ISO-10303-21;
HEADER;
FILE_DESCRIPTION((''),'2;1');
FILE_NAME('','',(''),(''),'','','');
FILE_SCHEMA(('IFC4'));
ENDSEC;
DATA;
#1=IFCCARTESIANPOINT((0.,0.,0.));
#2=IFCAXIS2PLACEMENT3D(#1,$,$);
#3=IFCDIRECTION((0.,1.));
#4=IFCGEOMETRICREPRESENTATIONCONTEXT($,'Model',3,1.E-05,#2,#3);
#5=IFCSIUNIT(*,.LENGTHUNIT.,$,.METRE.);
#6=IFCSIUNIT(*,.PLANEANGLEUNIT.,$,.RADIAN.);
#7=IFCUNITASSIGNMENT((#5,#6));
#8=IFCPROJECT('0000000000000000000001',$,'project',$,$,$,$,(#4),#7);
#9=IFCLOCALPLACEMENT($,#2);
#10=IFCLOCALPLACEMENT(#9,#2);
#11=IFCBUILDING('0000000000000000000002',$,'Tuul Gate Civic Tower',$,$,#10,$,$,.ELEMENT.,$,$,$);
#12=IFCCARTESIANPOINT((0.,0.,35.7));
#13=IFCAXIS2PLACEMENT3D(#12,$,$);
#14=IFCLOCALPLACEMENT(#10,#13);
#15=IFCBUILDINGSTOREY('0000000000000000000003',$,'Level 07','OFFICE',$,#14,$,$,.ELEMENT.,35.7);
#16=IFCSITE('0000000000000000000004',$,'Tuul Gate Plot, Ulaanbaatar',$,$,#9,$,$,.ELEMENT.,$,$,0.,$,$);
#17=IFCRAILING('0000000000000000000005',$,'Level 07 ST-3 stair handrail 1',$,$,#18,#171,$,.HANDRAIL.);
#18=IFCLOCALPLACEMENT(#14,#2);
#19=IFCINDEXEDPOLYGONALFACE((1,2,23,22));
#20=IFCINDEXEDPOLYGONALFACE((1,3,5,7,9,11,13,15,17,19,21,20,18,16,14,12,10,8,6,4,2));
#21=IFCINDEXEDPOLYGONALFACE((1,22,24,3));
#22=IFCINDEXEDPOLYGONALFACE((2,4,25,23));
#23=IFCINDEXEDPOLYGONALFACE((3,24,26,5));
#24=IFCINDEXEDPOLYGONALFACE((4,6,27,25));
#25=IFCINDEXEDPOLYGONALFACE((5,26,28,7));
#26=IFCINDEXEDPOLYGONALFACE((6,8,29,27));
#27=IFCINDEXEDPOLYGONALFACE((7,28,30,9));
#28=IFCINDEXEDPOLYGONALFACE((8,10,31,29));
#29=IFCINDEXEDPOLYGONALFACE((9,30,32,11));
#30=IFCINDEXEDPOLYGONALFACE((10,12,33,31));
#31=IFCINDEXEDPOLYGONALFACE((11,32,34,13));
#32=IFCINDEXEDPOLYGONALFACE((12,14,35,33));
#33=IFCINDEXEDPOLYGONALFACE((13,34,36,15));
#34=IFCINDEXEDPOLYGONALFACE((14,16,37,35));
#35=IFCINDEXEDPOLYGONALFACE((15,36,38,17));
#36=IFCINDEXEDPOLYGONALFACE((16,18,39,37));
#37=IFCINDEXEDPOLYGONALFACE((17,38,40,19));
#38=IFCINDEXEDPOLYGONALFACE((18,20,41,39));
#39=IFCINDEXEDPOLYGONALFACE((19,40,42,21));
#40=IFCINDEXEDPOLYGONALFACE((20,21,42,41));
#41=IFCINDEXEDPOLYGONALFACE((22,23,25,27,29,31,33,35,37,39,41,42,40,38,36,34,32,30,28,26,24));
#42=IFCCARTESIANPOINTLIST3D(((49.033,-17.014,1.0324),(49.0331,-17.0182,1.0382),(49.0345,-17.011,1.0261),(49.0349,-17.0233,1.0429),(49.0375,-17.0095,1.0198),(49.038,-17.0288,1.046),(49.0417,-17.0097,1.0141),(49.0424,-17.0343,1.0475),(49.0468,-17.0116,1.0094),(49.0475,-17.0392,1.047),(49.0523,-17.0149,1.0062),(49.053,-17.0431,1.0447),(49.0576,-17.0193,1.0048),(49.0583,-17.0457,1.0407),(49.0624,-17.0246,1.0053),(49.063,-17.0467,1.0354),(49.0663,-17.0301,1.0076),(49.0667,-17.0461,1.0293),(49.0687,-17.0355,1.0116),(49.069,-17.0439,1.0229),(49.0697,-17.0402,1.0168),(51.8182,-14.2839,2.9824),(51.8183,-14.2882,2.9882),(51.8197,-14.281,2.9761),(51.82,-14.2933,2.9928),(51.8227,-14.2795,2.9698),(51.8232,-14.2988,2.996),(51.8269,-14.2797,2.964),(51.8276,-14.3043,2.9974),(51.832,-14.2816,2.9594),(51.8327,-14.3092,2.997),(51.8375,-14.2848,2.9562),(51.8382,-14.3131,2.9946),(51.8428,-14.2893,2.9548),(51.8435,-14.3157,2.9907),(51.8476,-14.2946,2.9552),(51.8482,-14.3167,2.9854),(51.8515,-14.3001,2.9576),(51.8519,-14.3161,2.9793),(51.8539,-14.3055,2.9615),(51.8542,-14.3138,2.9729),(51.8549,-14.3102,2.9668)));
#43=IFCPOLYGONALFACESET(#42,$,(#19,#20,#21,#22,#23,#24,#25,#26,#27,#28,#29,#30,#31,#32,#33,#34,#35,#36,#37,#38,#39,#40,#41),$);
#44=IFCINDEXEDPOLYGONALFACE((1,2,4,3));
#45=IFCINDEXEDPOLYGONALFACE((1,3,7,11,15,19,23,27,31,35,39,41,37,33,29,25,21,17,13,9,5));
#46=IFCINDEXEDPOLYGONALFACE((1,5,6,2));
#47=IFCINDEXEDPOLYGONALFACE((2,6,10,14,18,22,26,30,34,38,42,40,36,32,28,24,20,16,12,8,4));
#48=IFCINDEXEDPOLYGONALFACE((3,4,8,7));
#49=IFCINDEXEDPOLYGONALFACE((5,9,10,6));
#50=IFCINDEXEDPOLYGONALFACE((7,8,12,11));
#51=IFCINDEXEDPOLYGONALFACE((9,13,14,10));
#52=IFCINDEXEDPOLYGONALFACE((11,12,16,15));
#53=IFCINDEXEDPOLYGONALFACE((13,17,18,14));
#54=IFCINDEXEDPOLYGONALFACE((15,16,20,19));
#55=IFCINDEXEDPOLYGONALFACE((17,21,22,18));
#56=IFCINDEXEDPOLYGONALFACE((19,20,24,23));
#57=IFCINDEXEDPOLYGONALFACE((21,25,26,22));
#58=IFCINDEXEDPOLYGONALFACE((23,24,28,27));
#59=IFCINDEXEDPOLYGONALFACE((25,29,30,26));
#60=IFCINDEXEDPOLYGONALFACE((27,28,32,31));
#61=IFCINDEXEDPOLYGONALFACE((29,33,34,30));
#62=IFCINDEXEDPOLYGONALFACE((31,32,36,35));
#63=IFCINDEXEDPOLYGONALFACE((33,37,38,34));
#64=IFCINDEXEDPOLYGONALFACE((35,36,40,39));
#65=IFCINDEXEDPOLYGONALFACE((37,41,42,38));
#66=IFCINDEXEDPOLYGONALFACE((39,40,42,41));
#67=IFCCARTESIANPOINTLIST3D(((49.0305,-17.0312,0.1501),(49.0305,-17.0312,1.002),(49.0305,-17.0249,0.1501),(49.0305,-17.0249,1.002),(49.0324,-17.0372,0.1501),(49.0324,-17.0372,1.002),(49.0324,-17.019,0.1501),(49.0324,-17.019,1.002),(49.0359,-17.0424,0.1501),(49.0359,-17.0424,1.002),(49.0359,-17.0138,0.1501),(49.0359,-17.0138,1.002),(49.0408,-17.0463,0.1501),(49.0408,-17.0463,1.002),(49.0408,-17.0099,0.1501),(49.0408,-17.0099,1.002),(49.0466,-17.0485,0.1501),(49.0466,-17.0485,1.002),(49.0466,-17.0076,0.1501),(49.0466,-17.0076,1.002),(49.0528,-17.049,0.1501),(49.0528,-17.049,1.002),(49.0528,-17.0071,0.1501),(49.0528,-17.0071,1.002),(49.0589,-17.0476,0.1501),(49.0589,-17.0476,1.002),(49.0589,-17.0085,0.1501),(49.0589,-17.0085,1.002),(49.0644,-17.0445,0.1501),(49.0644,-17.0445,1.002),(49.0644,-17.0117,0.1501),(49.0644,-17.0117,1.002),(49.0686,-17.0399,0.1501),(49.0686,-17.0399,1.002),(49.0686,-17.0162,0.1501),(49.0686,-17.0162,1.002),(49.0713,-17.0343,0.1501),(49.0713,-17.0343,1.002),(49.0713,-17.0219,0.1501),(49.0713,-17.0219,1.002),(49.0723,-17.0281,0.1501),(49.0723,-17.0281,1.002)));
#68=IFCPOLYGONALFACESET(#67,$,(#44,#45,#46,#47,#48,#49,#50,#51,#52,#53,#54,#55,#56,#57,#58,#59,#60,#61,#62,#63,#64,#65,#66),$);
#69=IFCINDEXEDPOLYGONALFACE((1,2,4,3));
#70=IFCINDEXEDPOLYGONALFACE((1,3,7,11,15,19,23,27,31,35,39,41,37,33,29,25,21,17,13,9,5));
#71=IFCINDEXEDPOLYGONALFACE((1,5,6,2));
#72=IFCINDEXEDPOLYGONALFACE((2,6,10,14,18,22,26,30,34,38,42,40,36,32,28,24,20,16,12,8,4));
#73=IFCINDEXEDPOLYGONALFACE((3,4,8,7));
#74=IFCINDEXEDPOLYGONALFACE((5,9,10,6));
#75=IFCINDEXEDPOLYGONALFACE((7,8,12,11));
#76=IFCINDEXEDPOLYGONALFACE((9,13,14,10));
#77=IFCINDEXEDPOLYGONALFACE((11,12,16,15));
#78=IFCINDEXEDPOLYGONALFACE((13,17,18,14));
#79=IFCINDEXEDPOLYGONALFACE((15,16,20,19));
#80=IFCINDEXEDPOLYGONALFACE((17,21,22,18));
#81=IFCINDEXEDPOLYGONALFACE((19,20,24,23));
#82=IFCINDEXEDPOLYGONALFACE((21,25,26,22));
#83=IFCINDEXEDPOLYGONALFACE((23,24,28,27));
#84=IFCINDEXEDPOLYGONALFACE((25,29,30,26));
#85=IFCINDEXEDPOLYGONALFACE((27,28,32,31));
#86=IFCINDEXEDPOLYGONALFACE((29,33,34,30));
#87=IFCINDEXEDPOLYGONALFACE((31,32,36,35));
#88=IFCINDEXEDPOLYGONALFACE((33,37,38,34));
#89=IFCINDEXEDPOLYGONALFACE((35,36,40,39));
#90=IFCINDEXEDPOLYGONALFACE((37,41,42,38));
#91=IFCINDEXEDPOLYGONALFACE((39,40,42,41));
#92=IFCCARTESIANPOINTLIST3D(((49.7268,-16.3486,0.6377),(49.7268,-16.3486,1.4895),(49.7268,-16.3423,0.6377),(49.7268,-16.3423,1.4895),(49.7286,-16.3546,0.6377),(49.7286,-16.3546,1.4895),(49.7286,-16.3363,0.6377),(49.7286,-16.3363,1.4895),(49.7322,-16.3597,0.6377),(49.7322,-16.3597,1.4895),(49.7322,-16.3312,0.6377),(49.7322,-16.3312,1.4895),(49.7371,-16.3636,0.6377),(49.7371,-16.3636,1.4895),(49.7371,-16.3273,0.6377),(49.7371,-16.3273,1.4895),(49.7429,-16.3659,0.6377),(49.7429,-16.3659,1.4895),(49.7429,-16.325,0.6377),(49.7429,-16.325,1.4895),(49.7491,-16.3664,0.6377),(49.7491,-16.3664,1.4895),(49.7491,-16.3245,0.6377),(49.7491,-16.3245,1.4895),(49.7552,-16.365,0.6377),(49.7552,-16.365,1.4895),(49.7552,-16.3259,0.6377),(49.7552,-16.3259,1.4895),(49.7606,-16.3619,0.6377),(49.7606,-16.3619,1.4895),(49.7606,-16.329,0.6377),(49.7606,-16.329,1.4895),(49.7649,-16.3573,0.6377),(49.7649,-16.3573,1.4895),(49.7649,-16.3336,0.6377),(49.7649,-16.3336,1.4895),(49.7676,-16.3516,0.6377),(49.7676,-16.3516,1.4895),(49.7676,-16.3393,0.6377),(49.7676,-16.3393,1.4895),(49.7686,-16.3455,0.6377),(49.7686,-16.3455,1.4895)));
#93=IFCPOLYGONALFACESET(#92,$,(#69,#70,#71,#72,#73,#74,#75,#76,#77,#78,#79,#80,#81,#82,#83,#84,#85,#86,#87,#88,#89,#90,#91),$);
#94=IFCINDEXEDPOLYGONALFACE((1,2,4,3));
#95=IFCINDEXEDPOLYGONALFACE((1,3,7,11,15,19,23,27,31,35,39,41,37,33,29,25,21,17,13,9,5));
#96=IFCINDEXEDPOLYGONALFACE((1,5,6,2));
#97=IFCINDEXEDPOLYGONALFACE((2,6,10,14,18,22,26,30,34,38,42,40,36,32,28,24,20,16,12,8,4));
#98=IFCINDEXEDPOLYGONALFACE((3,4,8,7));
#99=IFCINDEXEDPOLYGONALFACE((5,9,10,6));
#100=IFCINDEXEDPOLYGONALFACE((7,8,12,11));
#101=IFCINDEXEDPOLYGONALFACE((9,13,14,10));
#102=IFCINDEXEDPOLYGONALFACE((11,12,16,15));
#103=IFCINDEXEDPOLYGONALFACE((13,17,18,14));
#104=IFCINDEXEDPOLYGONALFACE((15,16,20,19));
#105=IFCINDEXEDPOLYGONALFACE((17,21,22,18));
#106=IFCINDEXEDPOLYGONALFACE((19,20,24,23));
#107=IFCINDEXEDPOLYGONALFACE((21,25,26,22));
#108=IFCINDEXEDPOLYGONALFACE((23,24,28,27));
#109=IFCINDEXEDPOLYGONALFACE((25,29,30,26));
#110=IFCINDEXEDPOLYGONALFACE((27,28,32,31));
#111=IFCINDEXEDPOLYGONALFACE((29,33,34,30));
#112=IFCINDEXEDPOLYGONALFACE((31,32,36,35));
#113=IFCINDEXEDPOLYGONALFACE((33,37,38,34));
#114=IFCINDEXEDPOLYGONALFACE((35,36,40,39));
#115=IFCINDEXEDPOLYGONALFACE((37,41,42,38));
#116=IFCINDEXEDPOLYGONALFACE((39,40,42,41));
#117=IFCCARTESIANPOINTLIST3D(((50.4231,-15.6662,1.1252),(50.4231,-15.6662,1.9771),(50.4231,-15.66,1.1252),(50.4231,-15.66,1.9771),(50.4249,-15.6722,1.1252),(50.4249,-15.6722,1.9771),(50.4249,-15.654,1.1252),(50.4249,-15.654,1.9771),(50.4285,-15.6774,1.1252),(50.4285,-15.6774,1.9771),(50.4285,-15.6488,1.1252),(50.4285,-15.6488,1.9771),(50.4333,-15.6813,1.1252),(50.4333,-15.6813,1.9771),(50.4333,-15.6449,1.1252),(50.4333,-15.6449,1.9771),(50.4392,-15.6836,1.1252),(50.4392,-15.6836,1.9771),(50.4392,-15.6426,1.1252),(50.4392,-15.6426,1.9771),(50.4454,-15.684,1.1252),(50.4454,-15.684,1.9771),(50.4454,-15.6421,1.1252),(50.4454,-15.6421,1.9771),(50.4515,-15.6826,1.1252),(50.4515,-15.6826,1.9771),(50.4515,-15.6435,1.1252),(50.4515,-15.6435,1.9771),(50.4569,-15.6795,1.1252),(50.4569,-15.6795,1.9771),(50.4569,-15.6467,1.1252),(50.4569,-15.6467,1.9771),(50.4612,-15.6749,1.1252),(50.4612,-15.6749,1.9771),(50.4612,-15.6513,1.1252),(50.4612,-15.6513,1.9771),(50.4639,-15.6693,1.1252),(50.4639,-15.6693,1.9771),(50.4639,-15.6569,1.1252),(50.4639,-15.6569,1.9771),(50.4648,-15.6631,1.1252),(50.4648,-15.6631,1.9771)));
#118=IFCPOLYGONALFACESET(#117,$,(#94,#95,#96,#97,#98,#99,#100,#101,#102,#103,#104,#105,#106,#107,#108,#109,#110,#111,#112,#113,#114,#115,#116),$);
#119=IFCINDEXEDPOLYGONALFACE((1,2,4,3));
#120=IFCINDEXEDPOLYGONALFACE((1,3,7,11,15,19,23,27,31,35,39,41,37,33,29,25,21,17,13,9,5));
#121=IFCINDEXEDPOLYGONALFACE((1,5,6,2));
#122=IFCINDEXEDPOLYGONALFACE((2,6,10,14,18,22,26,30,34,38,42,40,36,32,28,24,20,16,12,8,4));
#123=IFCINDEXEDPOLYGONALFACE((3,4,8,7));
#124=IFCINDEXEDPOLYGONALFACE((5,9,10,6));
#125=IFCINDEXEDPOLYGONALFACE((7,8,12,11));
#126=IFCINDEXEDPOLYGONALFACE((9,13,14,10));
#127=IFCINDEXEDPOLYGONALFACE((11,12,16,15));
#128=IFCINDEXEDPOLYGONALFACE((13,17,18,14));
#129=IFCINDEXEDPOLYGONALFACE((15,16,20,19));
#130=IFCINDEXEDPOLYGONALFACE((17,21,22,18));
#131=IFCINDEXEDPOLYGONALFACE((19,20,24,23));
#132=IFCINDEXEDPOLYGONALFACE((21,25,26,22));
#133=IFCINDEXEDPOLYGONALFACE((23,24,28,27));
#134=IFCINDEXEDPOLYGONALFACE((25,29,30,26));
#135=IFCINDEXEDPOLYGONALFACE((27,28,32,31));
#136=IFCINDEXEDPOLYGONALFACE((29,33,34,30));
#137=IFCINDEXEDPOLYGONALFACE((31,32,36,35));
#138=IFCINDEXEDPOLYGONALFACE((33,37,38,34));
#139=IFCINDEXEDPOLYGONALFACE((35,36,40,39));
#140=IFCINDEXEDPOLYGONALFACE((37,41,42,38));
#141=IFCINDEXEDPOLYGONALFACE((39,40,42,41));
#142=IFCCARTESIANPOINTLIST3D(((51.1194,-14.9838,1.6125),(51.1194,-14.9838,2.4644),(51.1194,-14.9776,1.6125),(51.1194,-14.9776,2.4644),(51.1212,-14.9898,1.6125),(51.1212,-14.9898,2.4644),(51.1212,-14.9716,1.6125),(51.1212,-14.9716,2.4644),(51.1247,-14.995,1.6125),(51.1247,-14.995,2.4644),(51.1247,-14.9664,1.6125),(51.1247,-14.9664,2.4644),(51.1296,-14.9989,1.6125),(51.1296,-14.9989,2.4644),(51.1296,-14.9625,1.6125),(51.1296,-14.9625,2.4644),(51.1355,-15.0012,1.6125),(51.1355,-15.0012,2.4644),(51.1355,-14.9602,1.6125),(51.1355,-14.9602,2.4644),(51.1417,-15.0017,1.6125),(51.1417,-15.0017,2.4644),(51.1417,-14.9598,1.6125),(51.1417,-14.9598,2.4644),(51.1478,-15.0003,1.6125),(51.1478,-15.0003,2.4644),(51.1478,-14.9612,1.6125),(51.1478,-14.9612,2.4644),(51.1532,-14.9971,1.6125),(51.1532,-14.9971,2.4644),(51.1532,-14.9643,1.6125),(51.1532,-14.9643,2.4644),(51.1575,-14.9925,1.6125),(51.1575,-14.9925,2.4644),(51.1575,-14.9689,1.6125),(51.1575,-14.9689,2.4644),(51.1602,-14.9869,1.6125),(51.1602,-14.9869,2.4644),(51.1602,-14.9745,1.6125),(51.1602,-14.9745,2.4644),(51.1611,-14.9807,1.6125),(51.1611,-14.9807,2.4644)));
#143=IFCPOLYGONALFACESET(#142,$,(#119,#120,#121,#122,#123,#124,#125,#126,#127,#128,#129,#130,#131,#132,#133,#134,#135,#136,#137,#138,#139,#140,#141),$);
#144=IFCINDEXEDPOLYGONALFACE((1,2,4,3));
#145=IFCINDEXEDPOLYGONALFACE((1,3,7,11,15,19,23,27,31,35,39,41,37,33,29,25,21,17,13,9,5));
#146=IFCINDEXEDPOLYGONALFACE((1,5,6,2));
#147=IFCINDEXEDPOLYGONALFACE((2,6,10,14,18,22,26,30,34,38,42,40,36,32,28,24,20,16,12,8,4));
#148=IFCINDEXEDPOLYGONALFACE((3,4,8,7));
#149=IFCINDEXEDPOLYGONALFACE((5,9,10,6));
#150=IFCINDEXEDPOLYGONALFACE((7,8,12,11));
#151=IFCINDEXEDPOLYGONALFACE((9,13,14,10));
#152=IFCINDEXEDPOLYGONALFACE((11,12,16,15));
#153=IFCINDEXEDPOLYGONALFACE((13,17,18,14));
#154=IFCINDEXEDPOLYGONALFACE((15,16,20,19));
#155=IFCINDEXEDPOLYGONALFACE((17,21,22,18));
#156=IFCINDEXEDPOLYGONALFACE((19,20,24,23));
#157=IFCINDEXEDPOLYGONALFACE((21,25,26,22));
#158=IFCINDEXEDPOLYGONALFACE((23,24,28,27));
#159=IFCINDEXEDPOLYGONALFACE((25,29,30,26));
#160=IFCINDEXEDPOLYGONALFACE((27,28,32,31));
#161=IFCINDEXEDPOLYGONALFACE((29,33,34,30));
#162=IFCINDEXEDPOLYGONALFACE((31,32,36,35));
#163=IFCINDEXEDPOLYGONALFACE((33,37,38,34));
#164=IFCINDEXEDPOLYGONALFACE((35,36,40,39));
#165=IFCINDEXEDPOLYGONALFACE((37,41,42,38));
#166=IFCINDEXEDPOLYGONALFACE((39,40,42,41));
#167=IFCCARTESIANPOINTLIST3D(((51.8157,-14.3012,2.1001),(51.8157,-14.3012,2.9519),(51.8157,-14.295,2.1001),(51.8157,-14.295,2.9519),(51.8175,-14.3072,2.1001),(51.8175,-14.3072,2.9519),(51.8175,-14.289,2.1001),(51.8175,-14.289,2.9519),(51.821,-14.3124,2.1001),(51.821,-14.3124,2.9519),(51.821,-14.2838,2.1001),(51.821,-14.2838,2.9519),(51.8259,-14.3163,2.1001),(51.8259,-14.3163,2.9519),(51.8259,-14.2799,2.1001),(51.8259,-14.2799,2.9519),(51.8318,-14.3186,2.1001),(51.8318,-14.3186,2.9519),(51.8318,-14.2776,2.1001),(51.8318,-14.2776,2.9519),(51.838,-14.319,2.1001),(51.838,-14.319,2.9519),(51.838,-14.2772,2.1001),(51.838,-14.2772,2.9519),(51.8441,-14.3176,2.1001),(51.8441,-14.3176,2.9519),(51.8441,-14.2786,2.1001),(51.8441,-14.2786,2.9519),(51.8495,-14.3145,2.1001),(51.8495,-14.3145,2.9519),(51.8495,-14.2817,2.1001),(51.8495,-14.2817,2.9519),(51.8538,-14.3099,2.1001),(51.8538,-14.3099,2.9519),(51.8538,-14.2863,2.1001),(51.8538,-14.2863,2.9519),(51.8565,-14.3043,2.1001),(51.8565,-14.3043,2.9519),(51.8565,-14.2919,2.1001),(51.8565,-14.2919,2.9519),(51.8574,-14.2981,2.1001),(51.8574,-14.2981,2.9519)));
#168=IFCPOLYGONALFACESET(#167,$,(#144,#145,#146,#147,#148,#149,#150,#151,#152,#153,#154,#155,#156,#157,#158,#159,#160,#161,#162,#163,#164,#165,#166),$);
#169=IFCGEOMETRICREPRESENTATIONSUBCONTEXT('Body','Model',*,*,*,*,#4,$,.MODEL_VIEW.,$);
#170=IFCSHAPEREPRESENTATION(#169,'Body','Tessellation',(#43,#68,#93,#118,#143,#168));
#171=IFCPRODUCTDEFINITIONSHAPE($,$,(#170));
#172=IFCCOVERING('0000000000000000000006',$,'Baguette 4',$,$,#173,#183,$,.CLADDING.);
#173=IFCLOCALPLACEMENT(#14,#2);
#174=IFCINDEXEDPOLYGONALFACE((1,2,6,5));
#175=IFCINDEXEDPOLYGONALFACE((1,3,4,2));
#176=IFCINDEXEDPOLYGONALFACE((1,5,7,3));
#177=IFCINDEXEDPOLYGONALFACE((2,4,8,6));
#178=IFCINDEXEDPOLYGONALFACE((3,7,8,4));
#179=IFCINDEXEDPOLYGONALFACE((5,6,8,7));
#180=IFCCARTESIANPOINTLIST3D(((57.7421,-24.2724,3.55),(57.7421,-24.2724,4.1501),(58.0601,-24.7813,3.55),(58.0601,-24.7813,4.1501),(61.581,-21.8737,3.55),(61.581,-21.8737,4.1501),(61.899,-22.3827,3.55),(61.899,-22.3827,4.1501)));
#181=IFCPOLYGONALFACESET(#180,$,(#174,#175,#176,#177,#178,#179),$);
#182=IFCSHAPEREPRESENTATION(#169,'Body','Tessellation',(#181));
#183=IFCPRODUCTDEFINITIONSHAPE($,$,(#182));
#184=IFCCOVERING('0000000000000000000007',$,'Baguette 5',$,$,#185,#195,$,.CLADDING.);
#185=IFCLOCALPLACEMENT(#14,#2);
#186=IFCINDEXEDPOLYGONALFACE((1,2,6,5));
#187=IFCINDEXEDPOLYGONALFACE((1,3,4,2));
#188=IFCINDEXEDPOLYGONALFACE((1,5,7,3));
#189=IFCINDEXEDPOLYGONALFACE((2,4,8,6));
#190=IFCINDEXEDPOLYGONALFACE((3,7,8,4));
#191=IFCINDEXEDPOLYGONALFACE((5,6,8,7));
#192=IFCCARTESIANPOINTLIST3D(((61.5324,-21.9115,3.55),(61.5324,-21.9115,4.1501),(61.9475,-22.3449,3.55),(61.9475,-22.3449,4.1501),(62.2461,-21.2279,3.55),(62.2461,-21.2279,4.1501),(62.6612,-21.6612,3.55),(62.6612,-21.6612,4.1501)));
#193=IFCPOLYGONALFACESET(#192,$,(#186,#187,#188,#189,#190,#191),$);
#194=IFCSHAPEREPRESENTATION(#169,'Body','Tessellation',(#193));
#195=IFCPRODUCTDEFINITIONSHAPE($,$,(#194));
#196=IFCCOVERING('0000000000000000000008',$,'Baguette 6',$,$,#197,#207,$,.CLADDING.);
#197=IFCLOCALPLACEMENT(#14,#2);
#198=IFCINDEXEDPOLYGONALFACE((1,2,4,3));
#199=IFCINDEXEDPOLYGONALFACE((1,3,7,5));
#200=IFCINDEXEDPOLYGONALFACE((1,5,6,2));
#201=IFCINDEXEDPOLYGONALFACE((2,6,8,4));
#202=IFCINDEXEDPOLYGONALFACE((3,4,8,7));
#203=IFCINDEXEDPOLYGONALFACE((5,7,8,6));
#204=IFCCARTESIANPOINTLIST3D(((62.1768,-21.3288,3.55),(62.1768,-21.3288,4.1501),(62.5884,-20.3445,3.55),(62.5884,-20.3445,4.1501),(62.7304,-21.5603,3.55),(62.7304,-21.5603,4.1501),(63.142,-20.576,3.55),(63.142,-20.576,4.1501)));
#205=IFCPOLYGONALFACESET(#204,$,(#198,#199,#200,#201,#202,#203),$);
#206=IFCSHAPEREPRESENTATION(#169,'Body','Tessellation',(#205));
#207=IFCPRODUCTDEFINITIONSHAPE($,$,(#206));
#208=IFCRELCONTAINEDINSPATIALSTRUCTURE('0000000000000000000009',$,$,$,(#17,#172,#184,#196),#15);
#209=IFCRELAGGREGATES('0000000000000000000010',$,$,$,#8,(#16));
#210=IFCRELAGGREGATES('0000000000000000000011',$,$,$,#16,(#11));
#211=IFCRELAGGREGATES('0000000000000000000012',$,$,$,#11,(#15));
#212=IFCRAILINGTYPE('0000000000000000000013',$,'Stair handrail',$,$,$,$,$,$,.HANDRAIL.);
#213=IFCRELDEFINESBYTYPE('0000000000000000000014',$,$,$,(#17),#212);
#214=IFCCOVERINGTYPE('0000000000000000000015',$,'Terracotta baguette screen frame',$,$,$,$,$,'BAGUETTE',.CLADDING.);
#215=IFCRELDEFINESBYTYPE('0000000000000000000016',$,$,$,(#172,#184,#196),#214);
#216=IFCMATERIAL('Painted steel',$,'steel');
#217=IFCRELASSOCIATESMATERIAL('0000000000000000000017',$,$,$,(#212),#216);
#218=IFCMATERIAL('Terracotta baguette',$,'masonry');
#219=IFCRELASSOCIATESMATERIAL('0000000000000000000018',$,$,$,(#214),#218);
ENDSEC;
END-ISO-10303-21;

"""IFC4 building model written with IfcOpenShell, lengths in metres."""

from ifc_helpers import new_model, si_unit, direction, frame, origin, origin_2d, place, context, subcontext, project, spatial, rectangle, circle, extrude, material, material_profile, profile_set, type_object, element, save


model = new_model("IFC4")

# Units and contexts
model_context = context("Model", 3, precision=1e-05, world=origin(), true_north=direction((0.0, 1.0)))
body_context = subcontext(model_context, "Body", "Model", "MODEL_VIEW")
ifc_project = project(units=[si_unit("LENGTHUNIT", "METRE"), si_unit("PLANEANGLEUNIT", "RADIAN")], contexts=[model_context])

# Site, building, storey
site_placement = place(None, origin())
site = spatial("IfcSite", under=ifc_project, at=site_placement, Name="Tuul Gate Plot, Ulaanbaatar", CompositionType="ELEMENT", RefElevation=0.0)
building_placement = place(site_placement, origin())
building = spatial("IfcBuilding", under=site, at=building_placement, Name="Tuul Gate Civic Tower", CompositionType="ELEMENT")
storey_placement = place(building_placement, frame((0.0, 0.0, 35.7)))
storey = spatial("IfcBuildingStorey", under=building, at=storey_placement, Name="Level 07", Description="OFFICE", CompositionType="ELEMENT", Elevation=35.7)

# Railing
ifc_material_1 = material(Name="Painted steel", Category="steel")
railing_type = type_object("IfcRailingType", Name="Stair handrail", PredefinedType="HANDRAIL", material=ifc_material_1)
railing_placement = place(storey_placement, frame((49.0513, -17.0281, 0.1501)))
element("IfcRailing", 1, at=railing_placement, inside=storey, type_object=railing_type, Name="Level 07 ST-3 stair handrail 1", PredefinedType="HANDRAIL", context=body_context, shape_type="SweptSolid", body=[
    extrude(circle(Radius=0.0239, at=origin_2d()), frame((0.0, 0.0, 0.876), z_axis=(0.638754, 0.6261, 0.447206), x_axis=(-0.699998, 0.714145, 0.0)), (0.0, 0.0, 1.0), 4.3604),
    extrude(circle(Radius=0.021, at=origin_2d()), origin(), (0.0, 0.0, 1.0), 0.8518),
    extrude(circle(Radius=0.021, at=origin_2d()), frame((0.6963, 0.6826, 0.4875)), (0.0, 0.0, 1.0), 0.8518),
    extrude(circle(Radius=0.021, at=origin_2d()), frame((1.3926, 1.365, 0.9751)), (0.0, 0.0, 1.0), 0.8518),
    extrude(circle(Radius=0.021, at=origin_2d()), frame((2.0889, 2.0474, 1.4624)), (0.0, 0.0, 1.0), 0.8518),
    extrude(circle(Radius=0.021, at=origin_2d()), frame((2.7852, 2.73, 1.95)), (0.0, 0.0, 1.0), 0.8518),
])

# Coverings
ifc_material_2 = material(Name="Terracotta baguette", Category="masonry")
ifc_material_profile_1 = material_profile(ifc_material_2, rectangle(XDim=0.6001, YDim=0.6001, at=origin_2d()), Name="Terracotta baguette screen frame")
ifc_profile_set_1 = profile_set([ifc_material_profile_1], Name="Terracotta baguette")
covering_type = type_object("IfcCoveringType", Name="Terracotta baguette screen frame", ElementType="BAGUETTE", PredefinedType="CLADDING", material=ifc_profile_set_1)
covering_1_placement = place(storey_placement, frame((57.9011, -24.5269, 3.8501), z_axis=(0.848059, 0.529902, 0.0), x_axis=(-0.529902, 0.848059, 0.0)))
element("IfcCovering", 2, at=covering_1_placement, inside=storey, type_object=covering_type, Name="Baguette 4", PredefinedType="CLADDING", context=body_context, shape_type="SweptSolid", body=[
    extrude(rectangle(XDim=0.6001, YDim=0.6001, at=origin_2d()), origin(), (0.0, 0.0, 1.0), 4.5266),
])
covering_2_placement = place(storey_placement, frame((61.74, -22.1282, 3.8501), z_axis=(0.722137, 0.69175, 0.0), x_axis=(-0.69175, 0.722137, 0.0)))
element("IfcCovering", 3, at=covering_2_placement, inside=storey, type_object=covering_type, Name="Baguette 5", PredefinedType="CLADDING", context=body_context, shape_type="SweptSolid", body=[
    extrude(rectangle(XDim=0.6001, YDim=0.6001, at=origin_2d()), origin(), (0.0, 0.0, 1.0), 0.9883),
])
covering_3_placement = place(storey_placement, frame((62.4536, -21.4446, 3.8501), z_axis=(0.385785, 0.922589, 0.0), x_axis=(-0.922589, 0.385785, 0.0)))
element("IfcCovering", 4, at=covering_3_placement, inside=storey, type_object=covering_type, Name="Baguette 6", PredefinedType="CLADDING", context=body_context, shape_type="SweptSolid", body=[
    extrude(rectangle(XDim=0.6001, YDim=0.6001, at=origin_2d()), origin(), (0.0, 0.0, 1.0), 1.0669),
])

save(model, "model.ifc")
